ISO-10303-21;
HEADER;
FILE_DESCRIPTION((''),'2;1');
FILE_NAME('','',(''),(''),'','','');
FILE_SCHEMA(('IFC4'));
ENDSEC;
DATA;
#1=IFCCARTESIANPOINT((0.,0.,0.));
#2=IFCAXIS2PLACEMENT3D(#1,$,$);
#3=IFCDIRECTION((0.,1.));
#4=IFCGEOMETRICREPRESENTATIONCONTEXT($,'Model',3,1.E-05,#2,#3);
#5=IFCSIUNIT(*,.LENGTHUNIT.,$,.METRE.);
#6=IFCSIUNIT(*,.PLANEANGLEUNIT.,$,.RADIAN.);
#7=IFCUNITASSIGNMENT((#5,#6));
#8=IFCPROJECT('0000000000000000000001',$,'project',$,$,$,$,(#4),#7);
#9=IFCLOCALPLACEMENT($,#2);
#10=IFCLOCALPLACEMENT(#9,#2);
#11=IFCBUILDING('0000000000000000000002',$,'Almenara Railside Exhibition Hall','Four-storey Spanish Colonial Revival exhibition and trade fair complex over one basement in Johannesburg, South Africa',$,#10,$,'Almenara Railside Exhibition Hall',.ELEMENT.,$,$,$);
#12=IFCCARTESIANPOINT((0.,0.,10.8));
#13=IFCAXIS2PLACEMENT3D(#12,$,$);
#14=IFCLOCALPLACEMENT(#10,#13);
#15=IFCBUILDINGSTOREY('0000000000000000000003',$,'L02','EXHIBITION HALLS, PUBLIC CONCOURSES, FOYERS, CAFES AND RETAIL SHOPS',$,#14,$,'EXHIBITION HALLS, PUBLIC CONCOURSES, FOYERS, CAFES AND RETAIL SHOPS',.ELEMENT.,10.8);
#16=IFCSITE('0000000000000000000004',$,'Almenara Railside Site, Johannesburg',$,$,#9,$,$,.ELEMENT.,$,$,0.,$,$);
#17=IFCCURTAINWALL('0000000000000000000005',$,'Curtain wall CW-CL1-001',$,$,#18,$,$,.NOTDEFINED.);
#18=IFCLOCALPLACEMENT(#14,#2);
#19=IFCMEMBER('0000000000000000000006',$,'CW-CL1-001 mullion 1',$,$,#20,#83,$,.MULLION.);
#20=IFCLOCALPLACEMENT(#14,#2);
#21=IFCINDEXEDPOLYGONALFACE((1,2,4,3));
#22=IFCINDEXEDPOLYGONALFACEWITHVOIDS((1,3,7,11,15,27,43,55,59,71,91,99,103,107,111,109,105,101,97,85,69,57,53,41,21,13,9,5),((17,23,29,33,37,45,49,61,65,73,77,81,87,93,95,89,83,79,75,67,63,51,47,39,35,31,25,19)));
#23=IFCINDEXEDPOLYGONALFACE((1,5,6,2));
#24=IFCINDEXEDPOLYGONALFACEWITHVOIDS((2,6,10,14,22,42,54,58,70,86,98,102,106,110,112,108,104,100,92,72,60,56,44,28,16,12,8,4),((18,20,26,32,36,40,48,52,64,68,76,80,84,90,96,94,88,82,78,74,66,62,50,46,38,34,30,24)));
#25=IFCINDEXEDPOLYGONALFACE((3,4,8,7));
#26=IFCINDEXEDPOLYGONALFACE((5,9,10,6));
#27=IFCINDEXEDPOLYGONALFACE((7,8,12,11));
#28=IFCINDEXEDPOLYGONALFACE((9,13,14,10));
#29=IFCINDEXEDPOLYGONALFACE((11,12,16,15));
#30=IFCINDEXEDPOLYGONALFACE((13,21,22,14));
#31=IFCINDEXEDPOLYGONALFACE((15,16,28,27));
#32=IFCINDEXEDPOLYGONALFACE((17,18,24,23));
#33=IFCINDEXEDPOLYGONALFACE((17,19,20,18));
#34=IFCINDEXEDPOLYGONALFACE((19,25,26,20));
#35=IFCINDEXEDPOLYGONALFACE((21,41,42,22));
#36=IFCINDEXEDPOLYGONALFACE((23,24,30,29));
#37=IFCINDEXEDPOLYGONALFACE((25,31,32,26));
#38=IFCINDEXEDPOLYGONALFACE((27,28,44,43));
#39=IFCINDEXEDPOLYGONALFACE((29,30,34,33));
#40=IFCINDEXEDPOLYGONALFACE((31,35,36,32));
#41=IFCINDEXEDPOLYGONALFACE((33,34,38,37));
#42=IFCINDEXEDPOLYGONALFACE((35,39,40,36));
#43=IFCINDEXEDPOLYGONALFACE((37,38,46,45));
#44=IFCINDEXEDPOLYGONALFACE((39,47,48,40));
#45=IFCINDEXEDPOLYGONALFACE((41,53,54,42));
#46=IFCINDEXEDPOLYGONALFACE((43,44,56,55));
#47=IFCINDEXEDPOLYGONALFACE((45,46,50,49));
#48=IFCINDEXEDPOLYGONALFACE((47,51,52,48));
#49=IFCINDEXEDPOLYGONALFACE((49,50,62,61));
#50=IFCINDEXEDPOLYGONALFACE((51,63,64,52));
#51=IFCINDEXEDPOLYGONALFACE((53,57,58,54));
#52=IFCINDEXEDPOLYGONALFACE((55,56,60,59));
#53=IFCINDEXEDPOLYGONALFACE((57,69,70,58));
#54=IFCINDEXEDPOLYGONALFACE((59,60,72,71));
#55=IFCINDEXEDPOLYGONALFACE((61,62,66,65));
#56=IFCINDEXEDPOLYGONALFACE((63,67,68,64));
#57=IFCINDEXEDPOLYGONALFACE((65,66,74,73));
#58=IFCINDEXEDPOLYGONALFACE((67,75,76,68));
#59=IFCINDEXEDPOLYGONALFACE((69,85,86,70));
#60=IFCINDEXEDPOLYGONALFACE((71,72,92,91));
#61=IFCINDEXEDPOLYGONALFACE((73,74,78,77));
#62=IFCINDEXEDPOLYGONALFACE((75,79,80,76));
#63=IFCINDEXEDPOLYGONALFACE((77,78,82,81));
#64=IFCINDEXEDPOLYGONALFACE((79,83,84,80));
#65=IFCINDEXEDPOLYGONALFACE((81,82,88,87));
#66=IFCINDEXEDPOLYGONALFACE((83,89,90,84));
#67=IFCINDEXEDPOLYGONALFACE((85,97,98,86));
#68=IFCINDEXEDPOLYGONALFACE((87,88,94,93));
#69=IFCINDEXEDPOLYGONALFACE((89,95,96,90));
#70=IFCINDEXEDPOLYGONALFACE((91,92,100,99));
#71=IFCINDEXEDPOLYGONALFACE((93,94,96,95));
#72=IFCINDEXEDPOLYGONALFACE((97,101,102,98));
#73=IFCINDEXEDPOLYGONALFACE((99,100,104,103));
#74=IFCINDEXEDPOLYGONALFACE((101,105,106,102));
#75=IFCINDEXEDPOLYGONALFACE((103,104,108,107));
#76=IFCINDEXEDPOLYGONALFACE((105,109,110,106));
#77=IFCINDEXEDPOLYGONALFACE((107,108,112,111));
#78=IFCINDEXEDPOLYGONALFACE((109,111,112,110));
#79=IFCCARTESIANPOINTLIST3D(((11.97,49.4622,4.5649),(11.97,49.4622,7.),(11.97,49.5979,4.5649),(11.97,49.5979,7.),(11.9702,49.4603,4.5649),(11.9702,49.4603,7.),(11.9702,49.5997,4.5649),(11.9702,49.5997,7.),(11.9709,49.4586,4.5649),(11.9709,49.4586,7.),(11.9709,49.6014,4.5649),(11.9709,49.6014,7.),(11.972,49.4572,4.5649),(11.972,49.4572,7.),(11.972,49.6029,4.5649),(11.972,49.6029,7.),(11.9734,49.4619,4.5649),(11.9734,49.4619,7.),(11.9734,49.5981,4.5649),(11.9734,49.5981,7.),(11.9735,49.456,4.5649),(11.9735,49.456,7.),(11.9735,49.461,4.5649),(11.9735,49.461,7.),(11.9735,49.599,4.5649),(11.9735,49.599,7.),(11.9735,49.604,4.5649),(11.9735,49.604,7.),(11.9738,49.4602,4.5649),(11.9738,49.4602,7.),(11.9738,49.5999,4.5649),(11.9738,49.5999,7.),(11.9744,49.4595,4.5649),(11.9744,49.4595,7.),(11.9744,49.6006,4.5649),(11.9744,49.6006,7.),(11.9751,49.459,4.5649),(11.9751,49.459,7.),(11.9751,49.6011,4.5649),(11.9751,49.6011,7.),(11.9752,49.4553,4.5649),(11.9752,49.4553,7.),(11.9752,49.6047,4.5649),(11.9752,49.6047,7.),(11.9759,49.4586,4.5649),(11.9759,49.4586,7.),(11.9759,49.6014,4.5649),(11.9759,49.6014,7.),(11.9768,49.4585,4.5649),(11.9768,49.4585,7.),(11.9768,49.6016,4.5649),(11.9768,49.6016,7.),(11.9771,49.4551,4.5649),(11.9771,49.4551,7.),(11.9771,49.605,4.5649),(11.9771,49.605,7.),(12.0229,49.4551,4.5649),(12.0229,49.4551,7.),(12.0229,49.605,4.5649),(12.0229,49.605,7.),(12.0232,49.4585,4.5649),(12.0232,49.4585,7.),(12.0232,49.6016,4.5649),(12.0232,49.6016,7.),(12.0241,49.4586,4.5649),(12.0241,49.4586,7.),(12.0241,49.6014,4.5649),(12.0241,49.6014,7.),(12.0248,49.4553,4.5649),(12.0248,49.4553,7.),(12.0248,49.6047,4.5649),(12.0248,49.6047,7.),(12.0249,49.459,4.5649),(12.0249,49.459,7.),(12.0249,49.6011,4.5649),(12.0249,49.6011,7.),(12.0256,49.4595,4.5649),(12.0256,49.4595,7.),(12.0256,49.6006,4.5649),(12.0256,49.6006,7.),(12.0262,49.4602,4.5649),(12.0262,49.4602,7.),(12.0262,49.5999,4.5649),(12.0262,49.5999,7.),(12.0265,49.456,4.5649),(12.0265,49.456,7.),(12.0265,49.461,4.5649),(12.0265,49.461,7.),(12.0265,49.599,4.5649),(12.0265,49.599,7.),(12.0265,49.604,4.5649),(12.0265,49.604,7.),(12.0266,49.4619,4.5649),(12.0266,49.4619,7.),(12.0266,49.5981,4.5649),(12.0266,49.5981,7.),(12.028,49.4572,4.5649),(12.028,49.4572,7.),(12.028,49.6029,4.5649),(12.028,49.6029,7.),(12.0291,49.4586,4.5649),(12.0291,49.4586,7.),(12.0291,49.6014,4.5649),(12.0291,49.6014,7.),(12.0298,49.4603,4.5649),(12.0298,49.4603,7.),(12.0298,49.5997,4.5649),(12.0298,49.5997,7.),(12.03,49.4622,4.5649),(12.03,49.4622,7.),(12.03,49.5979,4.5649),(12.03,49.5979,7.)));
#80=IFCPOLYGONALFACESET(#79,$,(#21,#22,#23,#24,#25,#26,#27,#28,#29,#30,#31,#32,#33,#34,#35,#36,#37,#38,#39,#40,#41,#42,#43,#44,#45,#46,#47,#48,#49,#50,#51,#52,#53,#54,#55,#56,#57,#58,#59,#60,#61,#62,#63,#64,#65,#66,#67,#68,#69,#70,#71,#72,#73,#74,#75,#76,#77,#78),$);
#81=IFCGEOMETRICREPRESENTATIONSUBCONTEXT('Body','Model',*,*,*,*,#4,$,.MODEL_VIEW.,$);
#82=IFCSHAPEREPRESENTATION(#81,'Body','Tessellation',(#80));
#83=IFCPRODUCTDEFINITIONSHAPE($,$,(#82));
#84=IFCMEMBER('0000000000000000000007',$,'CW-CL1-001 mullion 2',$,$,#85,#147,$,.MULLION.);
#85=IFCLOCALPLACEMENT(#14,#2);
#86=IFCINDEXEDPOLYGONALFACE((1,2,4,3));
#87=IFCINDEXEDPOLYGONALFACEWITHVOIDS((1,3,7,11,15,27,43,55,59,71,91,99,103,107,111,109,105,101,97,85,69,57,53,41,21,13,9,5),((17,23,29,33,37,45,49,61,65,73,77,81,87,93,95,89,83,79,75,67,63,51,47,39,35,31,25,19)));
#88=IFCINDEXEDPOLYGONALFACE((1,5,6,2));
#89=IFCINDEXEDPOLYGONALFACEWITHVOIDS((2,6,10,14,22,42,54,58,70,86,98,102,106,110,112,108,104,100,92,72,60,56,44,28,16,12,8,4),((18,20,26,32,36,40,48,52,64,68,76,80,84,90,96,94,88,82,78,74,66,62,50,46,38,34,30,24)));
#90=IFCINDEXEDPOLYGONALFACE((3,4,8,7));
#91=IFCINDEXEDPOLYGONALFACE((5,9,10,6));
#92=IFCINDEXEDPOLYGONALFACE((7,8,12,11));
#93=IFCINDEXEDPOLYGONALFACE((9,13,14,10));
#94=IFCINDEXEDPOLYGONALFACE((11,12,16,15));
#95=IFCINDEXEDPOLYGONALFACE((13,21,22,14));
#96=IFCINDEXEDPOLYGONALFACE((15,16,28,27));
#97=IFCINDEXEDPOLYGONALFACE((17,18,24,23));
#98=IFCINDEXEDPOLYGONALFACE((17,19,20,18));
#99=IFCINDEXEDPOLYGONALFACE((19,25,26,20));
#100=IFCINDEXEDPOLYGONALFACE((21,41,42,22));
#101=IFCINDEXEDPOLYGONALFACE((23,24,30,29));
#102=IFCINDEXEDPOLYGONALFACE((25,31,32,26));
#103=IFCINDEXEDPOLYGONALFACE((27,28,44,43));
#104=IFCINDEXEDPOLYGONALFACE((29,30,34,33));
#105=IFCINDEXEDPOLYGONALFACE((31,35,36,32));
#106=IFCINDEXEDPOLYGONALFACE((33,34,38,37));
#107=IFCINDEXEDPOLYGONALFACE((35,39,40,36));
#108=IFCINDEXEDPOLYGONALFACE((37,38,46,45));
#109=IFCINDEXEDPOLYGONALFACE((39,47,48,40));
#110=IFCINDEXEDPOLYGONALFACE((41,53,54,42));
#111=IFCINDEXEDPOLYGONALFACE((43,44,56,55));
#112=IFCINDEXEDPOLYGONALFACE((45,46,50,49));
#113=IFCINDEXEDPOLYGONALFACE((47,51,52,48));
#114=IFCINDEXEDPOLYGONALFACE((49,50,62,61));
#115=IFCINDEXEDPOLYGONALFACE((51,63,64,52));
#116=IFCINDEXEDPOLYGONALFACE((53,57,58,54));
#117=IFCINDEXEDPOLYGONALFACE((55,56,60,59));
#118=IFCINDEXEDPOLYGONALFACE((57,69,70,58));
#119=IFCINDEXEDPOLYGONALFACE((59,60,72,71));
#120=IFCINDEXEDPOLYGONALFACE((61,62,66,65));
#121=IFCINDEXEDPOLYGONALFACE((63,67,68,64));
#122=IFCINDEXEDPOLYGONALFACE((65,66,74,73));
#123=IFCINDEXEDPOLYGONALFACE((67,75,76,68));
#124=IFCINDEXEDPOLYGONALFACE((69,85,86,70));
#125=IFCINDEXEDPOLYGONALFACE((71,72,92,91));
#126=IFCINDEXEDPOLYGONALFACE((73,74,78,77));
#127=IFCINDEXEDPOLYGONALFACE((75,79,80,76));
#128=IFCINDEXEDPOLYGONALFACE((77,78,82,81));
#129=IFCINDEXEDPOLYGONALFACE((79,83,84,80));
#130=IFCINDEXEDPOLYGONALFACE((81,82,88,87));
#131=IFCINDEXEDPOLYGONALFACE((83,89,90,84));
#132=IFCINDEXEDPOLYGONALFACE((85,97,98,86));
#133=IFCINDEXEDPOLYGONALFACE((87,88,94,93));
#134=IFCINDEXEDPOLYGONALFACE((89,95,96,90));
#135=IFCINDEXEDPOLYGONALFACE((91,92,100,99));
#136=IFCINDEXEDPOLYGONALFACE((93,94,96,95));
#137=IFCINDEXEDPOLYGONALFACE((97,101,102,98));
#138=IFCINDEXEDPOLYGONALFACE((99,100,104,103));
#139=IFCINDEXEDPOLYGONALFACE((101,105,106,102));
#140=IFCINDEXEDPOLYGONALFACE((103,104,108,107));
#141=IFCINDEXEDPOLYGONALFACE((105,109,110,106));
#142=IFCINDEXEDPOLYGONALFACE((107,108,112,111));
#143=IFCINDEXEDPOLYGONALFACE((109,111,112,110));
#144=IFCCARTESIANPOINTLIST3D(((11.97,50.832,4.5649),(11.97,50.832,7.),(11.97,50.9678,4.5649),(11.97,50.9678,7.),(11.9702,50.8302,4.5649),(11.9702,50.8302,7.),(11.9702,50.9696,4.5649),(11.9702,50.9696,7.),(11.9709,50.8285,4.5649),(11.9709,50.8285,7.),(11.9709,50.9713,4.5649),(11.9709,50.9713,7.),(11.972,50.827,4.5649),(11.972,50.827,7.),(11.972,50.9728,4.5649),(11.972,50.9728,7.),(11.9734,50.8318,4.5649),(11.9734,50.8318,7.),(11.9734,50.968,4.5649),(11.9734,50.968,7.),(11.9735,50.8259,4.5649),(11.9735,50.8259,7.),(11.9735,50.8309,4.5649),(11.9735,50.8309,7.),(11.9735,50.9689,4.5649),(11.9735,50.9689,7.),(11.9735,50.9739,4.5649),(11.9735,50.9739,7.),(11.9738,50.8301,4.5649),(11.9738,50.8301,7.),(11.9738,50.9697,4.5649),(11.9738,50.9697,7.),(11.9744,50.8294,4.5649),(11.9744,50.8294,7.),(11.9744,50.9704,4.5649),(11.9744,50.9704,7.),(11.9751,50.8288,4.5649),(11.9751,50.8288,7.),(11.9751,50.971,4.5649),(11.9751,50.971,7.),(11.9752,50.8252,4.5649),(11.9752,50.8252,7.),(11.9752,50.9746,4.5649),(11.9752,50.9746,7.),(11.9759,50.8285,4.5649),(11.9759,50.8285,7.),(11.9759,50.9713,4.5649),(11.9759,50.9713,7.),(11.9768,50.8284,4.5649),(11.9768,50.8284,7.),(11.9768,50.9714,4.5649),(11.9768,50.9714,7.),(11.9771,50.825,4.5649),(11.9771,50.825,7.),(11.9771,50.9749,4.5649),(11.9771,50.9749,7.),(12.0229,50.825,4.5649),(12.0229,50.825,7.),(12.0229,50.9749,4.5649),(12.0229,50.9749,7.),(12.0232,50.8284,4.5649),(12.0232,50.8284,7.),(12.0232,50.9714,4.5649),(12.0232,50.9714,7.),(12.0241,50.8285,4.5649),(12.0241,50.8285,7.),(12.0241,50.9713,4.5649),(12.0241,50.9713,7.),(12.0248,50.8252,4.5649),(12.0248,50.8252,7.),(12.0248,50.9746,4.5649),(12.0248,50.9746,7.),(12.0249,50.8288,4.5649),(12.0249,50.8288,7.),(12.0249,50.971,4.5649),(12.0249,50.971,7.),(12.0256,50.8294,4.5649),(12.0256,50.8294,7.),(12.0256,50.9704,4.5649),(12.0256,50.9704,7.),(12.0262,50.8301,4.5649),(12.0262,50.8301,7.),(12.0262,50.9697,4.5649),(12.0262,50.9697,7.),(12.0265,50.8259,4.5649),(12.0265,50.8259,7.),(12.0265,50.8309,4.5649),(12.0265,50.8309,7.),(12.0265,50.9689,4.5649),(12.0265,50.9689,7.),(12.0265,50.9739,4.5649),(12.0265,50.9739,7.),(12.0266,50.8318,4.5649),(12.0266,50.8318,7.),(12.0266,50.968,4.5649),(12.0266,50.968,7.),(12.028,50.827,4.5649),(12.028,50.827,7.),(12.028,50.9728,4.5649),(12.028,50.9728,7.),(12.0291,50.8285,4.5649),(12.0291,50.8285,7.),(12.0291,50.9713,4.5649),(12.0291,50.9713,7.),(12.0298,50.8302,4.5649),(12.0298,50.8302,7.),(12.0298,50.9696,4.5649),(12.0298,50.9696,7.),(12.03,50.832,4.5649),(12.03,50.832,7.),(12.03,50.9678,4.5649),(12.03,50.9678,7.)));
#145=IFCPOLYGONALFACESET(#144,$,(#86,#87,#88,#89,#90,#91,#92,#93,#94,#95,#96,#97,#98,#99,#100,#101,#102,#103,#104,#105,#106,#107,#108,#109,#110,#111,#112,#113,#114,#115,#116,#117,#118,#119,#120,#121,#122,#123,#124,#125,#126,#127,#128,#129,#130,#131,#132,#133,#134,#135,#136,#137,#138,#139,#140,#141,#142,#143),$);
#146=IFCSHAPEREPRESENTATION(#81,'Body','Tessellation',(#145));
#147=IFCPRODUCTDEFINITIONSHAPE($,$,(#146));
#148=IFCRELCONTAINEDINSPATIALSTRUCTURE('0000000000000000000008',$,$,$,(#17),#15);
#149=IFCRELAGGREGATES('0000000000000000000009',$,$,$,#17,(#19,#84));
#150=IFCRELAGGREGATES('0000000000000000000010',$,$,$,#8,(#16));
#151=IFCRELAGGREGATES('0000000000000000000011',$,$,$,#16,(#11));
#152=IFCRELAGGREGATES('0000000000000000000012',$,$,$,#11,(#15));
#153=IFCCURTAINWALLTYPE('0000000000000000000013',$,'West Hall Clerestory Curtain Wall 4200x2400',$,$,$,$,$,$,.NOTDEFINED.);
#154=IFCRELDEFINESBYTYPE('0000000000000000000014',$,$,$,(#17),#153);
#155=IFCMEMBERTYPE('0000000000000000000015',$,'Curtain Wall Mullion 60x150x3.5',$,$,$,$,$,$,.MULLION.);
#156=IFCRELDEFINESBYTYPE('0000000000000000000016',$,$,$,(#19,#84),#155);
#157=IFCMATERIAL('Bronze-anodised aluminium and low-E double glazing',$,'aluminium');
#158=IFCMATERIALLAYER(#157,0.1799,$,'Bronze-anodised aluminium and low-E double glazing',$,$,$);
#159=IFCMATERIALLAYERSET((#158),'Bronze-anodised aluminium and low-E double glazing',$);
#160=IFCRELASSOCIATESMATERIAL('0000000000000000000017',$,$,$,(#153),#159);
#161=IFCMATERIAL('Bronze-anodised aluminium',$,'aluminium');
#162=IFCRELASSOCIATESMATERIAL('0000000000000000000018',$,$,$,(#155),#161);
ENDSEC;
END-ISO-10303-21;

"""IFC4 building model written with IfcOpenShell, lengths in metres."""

from ifc_helpers import new_model, si_unit, direction, frame, origin, origin_2d, place, context, subcontext, project, spatial, hollow_rectangle, extrude, material, layer, layer_set, material_profile, profile_set, type_object, element, aggregate, save


model = new_model("IFC4")

# Units and contexts
model_context = context("Model", 3, precision=1e-05, world=origin(), true_north=direction((0.0, 1.0)))
body_context = subcontext(model_context, "Body", "Model", "MODEL_VIEW")
ifc_project = project(units=[si_unit("LENGTHUNIT", "METRE"), si_unit("PLANEANGLEUNIT", "RADIAN")], contexts=[model_context])

# Site, building, storey
site_placement = place(None, origin())
site = spatial("IfcSite", under=ifc_project, at=site_placement, Name="Almenara Railside Site, Johannesburg", CompositionType="ELEMENT", RefElevation=0.0)
building_placement = place(site_placement, origin())
building = spatial("IfcBuilding", under=site, at=building_placement, Name="Almenara Railside Exhibition Hall", Description="Four-storey Spanish Colonial Revival exhibition and trade fair complex over one basement in Johannesburg, South Africa", LongName="Almenara Railside Exhibition Hall", CompositionType="ELEMENT")
storey_placement = place(building_placement, frame((0.0, 0.0, 10.8)))
storey = spatial("IfcBuildingStorey", under=building, at=storey_placement, Name="L02", Description="EXHIBITION HALLS, PUBLIC CONCOURSES, FOYERS, CAFES AND RETAIL SHOPS", LongName="EXHIBITION HALLS, PUBLIC CONCOURSES, FOYERS, CAFES AND RETAIL SHOPS", CompositionType="ELEMENT", Elevation=10.8)

# Curtain wall, members
ifc_material_1 = material(Name="Bronze-anodised aluminium and low-E double glazing", Category="aluminium")
ifc_layer_1 = layer(ifc_material_1, 0.1799, Name="Bronze-anodised aluminium and low-E double glazing")
ifc_layer_set_1 = layer_set([ifc_layer_1], Name="Bronze-anodised aluminium and low-E double glazing")
curtain_wall_type = type_object("IfcCurtainWallType", Name="West Hall Clerestory Curtain Wall 4200x2400", PredefinedType="NOTDEFINED", material=ifc_layer_set_1)
ifc_material_2 = material(Name="Bronze-anodised aluminium", Category="aluminium")
curtain_wall_1_placement = place(storey_placement, origin())
curtain_wall_1 = element("IfcCurtainWall", 1, at=curtain_wall_1_placement, inside=storey, type_object=curtain_wall_type, Name="Curtain wall CW-CL1-001", PredefinedType="NOTDEFINED")
ifc_material_profile_1 = material_profile(ifc_material_2, hollow_rectangle(XDim=0.0601, YDim=0.1499, WallThickness=0.0034, InnerFilletRadius=0.0034, OuterFilletRadius=0.0071, at=origin_2d()), Name="ALU-MUL 60x150x3.5")
ifc_profile_set_1 = profile_set([ifc_material_profile_1], Name="Bronze-anodised aluminium")
member_type_1 = type_object("IfcMemberType", Name="Curtain Wall Mullion 60x150x3.5", PredefinedType="MULLION", material=ifc_profile_set_1)
member_1_placement = place(storey_placement, frame((12.0, 49.53, 4.5649), z_axis=(0.0, 0.0, 1.0), x_axis=(-1.0, 0.0, 0.0)))
member_1 = element("IfcMember", 2, at=member_1_placement, type_object=member_type_1, Name="CW-CL1-001 mullion 1", PredefinedType="MULLION", context=body_context, shape_type="SweptSolid", body=[
    extrude(hollow_rectangle(XDim=0.0601, YDim=0.1499, WallThickness=0.0034, InnerFilletRadius=0.0034, OuterFilletRadius=0.0071, at=origin_2d()), origin(), (0.0, 0.0, 1.0), 2.4351),
])
member_2_placement = place(storey_placement, frame((12.0, 50.8999, 4.5649), z_axis=(0.0, 0.0, 1.0), x_axis=(-1.0, 0.0, 0.0)))
member_2 = element("IfcMember", 3, at=member_2_placement, type_object=member_type_1, Name="CW-CL1-001 mullion 2", PredefinedType="MULLION", context=body_context, shape_type="SweptSolid", body=[
    extrude(hollow_rectangle(XDim=0.0601, YDim=0.1499, WallThickness=0.0034, InnerFilletRadius=0.0034, OuterFilletRadius=0.0071, at=origin_2d()), origin(), (0.0, 0.0, 1.0), 2.4351),
])

aggregate(curtain_wall_1, [member_1, member_2])

save(model, "model.ifc")
